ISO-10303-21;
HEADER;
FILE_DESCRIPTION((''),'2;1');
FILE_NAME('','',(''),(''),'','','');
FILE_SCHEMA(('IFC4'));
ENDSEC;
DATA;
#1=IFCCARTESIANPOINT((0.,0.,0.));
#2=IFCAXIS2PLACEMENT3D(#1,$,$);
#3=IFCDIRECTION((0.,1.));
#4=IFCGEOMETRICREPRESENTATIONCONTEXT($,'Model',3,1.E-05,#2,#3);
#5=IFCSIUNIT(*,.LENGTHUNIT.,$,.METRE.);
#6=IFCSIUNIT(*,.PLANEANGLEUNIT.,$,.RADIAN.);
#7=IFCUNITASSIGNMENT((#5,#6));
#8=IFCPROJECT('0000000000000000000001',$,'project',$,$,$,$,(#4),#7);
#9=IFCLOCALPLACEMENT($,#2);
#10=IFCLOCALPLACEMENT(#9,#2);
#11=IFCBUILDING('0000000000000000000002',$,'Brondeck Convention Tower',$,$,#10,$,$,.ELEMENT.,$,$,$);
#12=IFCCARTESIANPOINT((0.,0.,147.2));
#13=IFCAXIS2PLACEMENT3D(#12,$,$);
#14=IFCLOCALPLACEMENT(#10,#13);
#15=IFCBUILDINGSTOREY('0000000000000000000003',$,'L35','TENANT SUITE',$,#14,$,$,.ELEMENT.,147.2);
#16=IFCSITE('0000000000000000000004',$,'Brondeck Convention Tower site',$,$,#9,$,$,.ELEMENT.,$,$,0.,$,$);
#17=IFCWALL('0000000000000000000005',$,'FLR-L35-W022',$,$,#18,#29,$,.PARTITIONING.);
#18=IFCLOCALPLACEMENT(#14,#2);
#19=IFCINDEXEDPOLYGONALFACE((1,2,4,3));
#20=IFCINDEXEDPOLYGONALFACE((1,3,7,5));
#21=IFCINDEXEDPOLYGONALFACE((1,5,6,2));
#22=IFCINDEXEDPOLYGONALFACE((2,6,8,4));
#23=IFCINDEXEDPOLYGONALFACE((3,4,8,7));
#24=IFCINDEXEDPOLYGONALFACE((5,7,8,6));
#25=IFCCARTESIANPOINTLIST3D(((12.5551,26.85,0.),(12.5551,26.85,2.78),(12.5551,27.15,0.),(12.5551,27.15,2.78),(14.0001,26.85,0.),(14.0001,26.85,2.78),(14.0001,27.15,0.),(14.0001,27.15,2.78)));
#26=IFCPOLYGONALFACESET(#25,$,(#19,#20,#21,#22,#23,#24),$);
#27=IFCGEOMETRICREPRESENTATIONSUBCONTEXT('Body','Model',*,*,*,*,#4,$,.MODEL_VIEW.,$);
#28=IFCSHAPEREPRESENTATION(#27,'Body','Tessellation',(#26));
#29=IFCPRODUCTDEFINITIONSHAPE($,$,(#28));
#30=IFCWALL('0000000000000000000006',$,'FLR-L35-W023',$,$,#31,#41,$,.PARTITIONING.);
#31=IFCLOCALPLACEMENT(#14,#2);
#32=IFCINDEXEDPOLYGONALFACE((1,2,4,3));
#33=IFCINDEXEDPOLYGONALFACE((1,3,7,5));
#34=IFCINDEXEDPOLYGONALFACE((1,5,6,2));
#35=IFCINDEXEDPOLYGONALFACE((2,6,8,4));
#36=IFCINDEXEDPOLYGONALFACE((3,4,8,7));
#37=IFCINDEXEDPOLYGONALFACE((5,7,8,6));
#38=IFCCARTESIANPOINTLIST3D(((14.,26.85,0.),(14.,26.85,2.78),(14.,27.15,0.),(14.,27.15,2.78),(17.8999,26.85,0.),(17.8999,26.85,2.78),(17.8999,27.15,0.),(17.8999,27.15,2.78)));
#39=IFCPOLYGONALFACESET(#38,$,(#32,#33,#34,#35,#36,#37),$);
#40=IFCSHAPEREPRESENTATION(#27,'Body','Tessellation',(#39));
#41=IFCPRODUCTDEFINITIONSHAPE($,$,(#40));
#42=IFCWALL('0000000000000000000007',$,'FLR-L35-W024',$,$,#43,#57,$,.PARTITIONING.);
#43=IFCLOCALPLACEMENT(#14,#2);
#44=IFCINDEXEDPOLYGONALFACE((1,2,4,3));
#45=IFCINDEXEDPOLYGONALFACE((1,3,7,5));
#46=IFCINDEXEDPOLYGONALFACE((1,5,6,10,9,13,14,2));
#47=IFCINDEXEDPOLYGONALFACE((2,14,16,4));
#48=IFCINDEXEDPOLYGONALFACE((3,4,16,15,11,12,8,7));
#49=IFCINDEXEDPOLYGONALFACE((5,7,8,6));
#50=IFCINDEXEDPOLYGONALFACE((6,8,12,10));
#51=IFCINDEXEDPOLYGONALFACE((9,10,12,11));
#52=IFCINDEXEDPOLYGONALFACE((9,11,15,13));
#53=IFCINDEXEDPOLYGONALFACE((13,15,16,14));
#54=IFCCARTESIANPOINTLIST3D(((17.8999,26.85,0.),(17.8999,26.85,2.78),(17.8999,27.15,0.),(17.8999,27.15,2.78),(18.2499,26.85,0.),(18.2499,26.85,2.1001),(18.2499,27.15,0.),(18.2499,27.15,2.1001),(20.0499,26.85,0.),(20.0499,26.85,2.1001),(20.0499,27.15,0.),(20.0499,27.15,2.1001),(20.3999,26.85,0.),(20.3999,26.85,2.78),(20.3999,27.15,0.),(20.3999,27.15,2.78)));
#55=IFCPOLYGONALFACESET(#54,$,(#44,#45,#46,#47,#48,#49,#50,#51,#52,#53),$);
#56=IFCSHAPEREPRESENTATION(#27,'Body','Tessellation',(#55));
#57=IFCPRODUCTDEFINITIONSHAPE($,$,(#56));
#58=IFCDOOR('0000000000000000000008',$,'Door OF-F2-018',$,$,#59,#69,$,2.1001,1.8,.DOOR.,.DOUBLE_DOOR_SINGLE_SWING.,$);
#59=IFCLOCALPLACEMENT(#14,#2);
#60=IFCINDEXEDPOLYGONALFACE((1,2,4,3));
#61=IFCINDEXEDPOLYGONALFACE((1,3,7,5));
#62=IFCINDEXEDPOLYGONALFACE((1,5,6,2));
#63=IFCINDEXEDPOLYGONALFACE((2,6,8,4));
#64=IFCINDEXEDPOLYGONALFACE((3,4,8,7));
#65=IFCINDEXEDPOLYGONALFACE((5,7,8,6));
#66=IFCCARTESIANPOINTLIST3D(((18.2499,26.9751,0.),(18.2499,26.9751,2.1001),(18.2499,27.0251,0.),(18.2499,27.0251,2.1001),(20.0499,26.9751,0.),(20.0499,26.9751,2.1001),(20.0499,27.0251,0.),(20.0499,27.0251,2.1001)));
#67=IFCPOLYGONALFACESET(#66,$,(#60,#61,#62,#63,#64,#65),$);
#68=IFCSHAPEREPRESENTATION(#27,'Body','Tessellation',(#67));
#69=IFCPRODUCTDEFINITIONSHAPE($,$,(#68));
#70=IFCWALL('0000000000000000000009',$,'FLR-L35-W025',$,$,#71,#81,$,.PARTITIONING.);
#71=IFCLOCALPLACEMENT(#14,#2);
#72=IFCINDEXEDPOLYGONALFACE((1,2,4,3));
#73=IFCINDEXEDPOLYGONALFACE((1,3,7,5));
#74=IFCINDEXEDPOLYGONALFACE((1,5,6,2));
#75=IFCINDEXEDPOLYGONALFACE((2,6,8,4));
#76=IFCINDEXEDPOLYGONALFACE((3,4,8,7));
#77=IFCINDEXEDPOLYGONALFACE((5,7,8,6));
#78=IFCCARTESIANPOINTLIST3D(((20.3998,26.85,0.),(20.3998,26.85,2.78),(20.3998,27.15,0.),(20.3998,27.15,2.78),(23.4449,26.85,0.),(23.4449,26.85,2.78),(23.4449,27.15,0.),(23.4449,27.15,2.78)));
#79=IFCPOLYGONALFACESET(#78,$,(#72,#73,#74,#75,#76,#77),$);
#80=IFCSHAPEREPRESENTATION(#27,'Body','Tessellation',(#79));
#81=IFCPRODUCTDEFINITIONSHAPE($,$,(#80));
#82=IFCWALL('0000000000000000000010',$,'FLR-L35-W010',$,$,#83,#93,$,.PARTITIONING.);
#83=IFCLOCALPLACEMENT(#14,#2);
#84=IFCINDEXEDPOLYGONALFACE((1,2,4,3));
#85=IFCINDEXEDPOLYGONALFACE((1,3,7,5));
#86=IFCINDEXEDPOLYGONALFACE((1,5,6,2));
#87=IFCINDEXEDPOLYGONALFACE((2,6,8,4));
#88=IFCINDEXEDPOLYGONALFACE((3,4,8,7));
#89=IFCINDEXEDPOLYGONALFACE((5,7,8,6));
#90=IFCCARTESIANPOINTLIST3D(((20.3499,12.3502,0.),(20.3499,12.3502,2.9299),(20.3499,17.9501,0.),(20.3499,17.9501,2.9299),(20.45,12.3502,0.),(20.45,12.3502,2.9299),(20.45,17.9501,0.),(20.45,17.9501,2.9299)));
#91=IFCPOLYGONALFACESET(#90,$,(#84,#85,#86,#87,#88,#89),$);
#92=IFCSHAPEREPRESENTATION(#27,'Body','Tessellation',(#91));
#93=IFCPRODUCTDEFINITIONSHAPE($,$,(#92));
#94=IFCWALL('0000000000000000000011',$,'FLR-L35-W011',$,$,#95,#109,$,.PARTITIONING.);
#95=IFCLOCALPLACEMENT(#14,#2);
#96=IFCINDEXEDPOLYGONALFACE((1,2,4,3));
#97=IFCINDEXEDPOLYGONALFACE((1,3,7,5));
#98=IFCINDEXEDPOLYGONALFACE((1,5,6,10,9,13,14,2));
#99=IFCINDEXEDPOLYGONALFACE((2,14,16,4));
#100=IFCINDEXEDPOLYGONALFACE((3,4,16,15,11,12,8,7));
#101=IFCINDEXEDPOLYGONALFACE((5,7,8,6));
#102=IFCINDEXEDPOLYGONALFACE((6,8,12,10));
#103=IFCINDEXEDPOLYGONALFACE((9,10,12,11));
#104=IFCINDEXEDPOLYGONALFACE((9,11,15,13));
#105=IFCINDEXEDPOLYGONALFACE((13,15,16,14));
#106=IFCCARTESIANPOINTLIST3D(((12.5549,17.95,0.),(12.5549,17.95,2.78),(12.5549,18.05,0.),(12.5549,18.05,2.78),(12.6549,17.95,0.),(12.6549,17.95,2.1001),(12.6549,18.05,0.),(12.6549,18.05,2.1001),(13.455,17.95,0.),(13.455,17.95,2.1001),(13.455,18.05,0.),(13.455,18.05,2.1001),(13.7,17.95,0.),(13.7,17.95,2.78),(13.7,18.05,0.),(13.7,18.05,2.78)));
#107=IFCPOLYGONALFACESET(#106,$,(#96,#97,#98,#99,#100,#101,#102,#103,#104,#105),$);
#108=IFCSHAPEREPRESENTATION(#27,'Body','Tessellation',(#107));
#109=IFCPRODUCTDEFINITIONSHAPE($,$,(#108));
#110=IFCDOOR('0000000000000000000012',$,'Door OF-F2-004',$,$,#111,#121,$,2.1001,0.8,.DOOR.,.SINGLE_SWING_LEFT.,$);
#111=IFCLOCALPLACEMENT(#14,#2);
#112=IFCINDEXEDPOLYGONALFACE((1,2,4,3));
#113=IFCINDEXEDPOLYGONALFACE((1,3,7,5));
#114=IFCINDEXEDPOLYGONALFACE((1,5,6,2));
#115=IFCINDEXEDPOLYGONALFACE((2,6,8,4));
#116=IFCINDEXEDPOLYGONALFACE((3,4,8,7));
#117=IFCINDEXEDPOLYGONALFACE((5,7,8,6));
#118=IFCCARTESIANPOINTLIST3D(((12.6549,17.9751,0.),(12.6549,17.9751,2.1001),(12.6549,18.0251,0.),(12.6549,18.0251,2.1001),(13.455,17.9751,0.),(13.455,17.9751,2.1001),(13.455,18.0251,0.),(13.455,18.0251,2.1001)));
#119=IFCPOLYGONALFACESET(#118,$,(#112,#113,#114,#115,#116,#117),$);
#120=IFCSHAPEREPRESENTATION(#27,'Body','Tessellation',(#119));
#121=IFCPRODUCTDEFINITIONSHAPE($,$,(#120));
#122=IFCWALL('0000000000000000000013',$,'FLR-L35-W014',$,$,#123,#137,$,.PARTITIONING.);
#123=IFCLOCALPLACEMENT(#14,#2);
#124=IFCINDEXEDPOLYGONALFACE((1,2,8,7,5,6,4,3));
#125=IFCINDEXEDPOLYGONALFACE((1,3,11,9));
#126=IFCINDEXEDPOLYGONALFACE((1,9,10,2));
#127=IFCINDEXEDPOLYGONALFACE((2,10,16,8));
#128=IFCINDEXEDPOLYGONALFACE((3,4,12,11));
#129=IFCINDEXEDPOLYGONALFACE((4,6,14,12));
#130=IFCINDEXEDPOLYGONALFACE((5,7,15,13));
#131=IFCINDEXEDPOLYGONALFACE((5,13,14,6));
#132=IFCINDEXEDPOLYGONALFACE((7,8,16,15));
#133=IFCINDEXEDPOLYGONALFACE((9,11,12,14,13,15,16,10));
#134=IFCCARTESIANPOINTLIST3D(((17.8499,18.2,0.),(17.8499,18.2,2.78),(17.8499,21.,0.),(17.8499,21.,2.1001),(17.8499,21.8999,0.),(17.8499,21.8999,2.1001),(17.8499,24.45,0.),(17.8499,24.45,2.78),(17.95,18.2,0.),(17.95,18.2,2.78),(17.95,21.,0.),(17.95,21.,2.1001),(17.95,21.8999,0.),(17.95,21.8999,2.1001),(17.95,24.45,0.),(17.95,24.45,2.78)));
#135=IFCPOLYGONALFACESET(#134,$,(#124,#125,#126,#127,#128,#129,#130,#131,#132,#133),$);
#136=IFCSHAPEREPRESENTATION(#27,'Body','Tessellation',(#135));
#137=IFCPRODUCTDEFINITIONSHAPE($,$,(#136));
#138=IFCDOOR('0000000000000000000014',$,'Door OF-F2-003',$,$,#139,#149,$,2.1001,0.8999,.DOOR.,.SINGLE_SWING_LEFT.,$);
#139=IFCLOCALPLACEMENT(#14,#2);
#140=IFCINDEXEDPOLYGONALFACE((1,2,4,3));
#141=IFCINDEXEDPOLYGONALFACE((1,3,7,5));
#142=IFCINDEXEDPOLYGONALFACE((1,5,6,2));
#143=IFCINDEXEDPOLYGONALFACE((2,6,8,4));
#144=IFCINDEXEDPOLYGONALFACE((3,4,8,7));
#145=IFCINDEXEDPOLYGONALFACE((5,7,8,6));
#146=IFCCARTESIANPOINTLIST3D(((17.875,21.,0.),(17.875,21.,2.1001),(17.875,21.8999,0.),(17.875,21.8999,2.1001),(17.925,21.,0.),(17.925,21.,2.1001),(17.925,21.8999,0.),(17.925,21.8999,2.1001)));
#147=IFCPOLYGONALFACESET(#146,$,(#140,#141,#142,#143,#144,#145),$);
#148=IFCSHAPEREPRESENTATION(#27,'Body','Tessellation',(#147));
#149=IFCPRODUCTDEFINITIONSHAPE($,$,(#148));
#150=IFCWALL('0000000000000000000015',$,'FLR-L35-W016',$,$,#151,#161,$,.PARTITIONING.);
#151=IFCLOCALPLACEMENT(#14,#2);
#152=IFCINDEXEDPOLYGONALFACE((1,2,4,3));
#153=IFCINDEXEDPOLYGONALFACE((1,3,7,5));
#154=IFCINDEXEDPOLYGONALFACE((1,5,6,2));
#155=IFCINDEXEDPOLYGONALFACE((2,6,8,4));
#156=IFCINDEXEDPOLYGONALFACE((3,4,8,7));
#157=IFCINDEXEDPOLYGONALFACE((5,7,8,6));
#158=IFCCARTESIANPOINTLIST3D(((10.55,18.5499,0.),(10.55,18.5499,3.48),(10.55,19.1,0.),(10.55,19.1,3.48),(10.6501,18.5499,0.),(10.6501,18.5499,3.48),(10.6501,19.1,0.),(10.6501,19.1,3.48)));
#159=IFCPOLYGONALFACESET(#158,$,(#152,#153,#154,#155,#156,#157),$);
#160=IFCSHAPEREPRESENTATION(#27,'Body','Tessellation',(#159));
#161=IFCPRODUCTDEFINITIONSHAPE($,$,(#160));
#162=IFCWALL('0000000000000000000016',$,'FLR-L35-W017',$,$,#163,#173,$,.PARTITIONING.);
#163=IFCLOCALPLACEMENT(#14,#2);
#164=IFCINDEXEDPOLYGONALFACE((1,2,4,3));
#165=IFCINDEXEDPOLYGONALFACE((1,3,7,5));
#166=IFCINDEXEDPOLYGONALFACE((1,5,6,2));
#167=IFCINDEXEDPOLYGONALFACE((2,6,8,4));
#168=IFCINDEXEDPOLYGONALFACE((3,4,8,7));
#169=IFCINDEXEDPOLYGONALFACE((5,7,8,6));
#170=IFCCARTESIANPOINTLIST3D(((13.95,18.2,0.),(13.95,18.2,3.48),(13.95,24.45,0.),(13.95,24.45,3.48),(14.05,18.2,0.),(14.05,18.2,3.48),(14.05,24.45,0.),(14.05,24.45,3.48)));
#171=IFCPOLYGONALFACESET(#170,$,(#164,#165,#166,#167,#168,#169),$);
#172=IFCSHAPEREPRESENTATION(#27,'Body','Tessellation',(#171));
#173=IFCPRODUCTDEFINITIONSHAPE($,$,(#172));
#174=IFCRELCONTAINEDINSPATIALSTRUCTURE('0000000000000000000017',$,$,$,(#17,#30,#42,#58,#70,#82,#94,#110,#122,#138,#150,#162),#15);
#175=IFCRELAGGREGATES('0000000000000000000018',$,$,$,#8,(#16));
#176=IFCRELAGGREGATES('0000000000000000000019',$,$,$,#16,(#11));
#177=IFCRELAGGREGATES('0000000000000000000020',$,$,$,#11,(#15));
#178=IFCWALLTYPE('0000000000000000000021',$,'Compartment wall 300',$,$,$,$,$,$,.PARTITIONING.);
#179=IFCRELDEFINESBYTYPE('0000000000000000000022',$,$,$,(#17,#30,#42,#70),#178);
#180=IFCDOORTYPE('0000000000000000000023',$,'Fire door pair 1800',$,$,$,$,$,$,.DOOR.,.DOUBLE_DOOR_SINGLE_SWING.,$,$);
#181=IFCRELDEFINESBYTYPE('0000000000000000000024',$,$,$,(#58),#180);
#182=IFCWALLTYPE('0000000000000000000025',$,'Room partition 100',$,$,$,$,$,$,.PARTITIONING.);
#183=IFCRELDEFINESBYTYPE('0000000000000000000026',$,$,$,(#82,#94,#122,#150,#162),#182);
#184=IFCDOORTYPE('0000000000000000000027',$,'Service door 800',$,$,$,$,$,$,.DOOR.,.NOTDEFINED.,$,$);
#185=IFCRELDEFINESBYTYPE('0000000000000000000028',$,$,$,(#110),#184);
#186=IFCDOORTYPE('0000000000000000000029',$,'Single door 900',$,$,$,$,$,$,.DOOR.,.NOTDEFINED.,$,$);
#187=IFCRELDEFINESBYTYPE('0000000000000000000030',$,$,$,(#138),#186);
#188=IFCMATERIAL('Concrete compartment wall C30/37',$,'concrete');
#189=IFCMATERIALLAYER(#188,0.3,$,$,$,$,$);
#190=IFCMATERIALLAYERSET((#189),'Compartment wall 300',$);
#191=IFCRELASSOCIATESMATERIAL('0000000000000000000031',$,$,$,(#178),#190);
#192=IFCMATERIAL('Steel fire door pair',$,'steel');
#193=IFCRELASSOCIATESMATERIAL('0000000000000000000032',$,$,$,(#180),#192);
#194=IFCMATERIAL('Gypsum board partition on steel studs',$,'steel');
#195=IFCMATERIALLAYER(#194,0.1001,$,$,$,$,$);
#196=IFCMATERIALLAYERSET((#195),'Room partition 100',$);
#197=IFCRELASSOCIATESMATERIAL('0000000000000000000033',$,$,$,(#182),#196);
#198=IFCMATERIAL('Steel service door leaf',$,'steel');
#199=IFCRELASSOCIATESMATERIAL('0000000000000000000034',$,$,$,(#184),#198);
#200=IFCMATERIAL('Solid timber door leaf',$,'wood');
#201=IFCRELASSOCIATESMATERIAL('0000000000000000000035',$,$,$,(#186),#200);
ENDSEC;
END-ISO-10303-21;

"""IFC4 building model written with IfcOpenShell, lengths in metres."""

from ifc_helpers import new_model, si_unit, direction, frame, frame_2d, origin, place, context, subcontext, project, spatial, rectangle, extrude, material, layer, layer_set, type_object, element, fill, save


model = new_model("IFC4")

# Units and contexts
model_context = context("Model", 3, precision=1e-05, world=origin(), true_north=direction((0.0, 1.0)))
body_context = subcontext(model_context, "Body", "Model", "MODEL_VIEW")
ifc_project = project(units=[si_unit("LENGTHUNIT", "METRE"), si_unit("PLANEANGLEUNIT", "RADIAN")], contexts=[model_context])

# Site, building, storey
site_placement = place(None, origin())
site = spatial("IfcSite", under=ifc_project, at=site_placement, Name="Brondeck Convention Tower site", CompositionType="ELEMENT", RefElevation=0.0)
building_placement = place(site_placement, origin())
building = spatial("IfcBuilding", under=site, at=building_placement, Name="Brondeck Convention Tower", CompositionType="ELEMENT")
storey_placement = place(building_placement, frame((0.0, 0.0, 147.2)))
storey = spatial("IfcBuildingStorey", under=building, at=storey_placement, Name="L35", Description="TENANT SUITE", CompositionType="ELEMENT", Elevation=147.2)

# Walls
ifc_material_1 = material(Name="Concrete compartment wall C30/37", Category="concrete")
ifc_layer_1 = layer(ifc_material_1, 0.3)
ifc_layer_set_1 = layer_set([ifc_layer_1], Name="Compartment wall 300")
wall_type_1 = type_object("IfcWallType", Name="Compartment wall 300", PredefinedType="PARTITIONING", material=ifc_layer_set_1)
wall_1_placement = place(storey_placement, frame((12.5549, 27.0, 0.0), z_axis=(0.0, 0.0, 1.0), x_axis=(1.0, 0.0, 0.0)))
element("IfcWall", 1, at=wall_1_placement, inside=storey, type_object=wall_type_1, Name="FLR-L35-W022", PredefinedType="PARTITIONING", context=body_context, shape_type="SweptSolid", body=[
    extrude(rectangle(XDim=1.4451, YDim=0.3, at=frame_2d((0.7227, 0.0))), origin(), (0.0, 0.0, 1.0), 2.78),
])
wall_2_placement = place(storey_placement, frame((14.0, 27.0, 0.0), z_axis=(0.0, 0.0, 1.0), x_axis=(1.0, 0.0, 0.0)))
element("IfcWall", 2, at=wall_2_placement, inside=storey, type_object=wall_type_1, Name="FLR-L35-W023", PredefinedType="PARTITIONING", context=body_context, shape_type="SweptSolid", body=[
    extrude(rectangle(XDim=3.8999, YDim=0.3, at=frame_2d((1.95, 0.0))), origin(), (0.0, 0.0, 1.0), 2.78),
])

# Wall, opening, door
wall_3_placement = place(storey_placement, frame((20.3999, 27.0, 0.0), z_axis=(0.0, 0.0, 1.0), x_axis=(-1.0, 0.0, 0.0)))
wall_3 = element("IfcWall", 3, at=wall_3_placement, inside=storey, type_object=wall_type_1, Name="FLR-L35-W024", PredefinedType="PARTITIONING", context=body_context, shape_type="SweptSolid", body=[
    extrude(rectangle(XDim=2.5, YDim=0.3, at=frame_2d((1.25, 0.0))), origin(), (0.0, 0.0, 1.0), 2.78),
])
opening_1_placement = place(wall_3_placement, frame((0.3501, 0.0, 0.0)))
opening_1 = element("IfcOpeningElement", 4, at=opening_1_placement, cuts=wall_3, PredefinedType="OPENING", context=body_context, shape_type="SweptSolid", body=[
    extrude(rectangle(XDim=1.8, YDim=2.1001, at=frame_2d((0.8999, 1.05))), frame((0.0, 0.1599, 0.0), z_axis=(0.0, -1.0, 0.0), x_axis=(1.0, 0.0, 0.0)), (0.0, 0.0, 1.0), 0.3201),
])
ifc_material_2 = material(Name="Steel fire door pair", Category="steel")
door_type_1 = type_object("IfcDoorType", Name="Fire door pair 1800", OperationType="DOUBLE_DOOR_SINGLE_SWING", PredefinedType="DOOR", material=ifc_material_2)
door_1_placement = place(opening_1_placement, origin())
door_1 = element("IfcDoor", 5, at=door_1_placement, inside=storey, type_object=door_type_1, Name="Door OF-F2-018", OperationType="DOUBLE_DOOR_SINGLE_SWING", OverallHeight=2.1001, OverallWidth=1.8, PredefinedType="DOOR", context=body_context, shape_type="SweptSolid", body=[
    extrude(rectangle(XDim=1.8, YDim=2.1001, at=frame_2d((0.8999, 1.05))), frame((0.0, 0.0249, 0.0), z_axis=(0.0, -1.0, 0.0), x_axis=(1.0, 0.0, 0.0)), (0.0, 0.0, 1.0), 0.05),
])
fill(opening_1, door_1)

# Walls
wall_4_placement = place(storey_placement, frame((20.3999, 27.0, 0.0), z_axis=(0.0, 0.0, 1.0), x_axis=(1.0, 0.0, 0.0)))
element("IfcWall", 6, at=wall_4_placement, inside=storey, type_object=wall_type_1, Name="FLR-L35-W025", PredefinedType="PARTITIONING", context=body_context, shape_type="SweptSolid", body=[
    extrude(rectangle(XDim=3.0452, YDim=0.3, at=frame_2d((1.5225, 0.0))), origin(), (0.0, 0.0, 1.0), 2.78),
])
ifc_material_3 = material(Name="Gypsum board partition on steel studs", Category="steel")
ifc_layer_2 = layer(ifc_material_3, 0.1001)
ifc_layer_set_2 = layer_set([ifc_layer_2], Name="Room partition 100")
wall_type_2 = type_object("IfcWallType", Name="Room partition 100", PredefinedType="PARTITIONING", material=ifc_layer_set_2)
wall_5_placement = place(storey_placement, frame((20.3999, 17.95, 0.0), z_axis=(0.0, 0.0, 1.0), x_axis=(0.0, -1.0, 0.0)))
element("IfcWall", 7, at=wall_5_placement, inside=storey, type_object=wall_type_2, Name="FLR-L35-W010", PredefinedType="PARTITIONING", context=body_context, shape_type="SweptSolid", body=[
    extrude(rectangle(XDim=5.5999, YDim=0.1001, at=frame_2d((2.7998, 0.0))), origin(), (0.0, 0.0, 1.0), 2.9299),
])

# Walls, openings, doors
wall_6_placement = place(storey_placement, frame((13.7, 18.0, 0.0), z_axis=(0.0, 0.0, 1.0), x_axis=(-1.0, 0.0, 0.0)))
wall_6 = element("IfcWall", 8, at=wall_6_placement, inside=storey, type_object=wall_type_2, Name="FLR-L35-W011", PredefinedType="PARTITIONING", context=body_context, shape_type="SweptSolid", body=[
    extrude(rectangle(XDim=1.145, YDim=0.1001, at=frame_2d((0.5725, 0.0))), origin(), (0.0, 0.0, 1.0), 2.78),
])
opening_2_placement = place(wall_6_placement, frame((0.2451, 0.0, 0.0)))
opening_2 = element("IfcOpeningElement", 9, at=opening_2_placement, cuts=wall_6, PredefinedType="OPENING", context=body_context, shape_type="SweptSolid", body=[
    extrude(rectangle(XDim=0.8, YDim=2.1001, at=frame_2d((0.3999, 1.05))), frame((0.0, 0.0601, 0.0), z_axis=(0.0, -1.0, 0.0), x_axis=(1.0, 0.0, 0.0)), (0.0, 0.0, 1.0), 0.1201),
])
ifc_material_4 = material(Name="Steel service door leaf", Category="steel")
door_type_2 = type_object("IfcDoorType", Name="Service door 800", OperationType="NOTDEFINED", PredefinedType="DOOR", material=ifc_material_4)
door_2_placement = place(opening_2_placement, origin())
door_2 = element("IfcDoor", 10, at=door_2_placement, inside=storey, type_object=door_type_2, Name="Door OF-F2-004", OperationType="SINGLE_SWING_LEFT", OverallHeight=2.1001, OverallWidth=0.8, PredefinedType="DOOR", context=body_context, shape_type="SweptSolid", body=[
    extrude(rectangle(XDim=0.8, YDim=2.1001, at=frame_2d((0.3999, 1.05))), frame((0.0, 0.0249, 0.0), z_axis=(0.0, -1.0, 0.0), x_axis=(1.0, 0.0, 0.0)), (0.0, 0.0, 1.0), 0.05),
])
fill(opening_2, door_2)
wall_7_placement = place(storey_placement, frame((17.8999, 18.2, 0.0), z_axis=(0.0, 0.0, 1.0), x_axis=(0.0, 1.0, 0.0)))
wall_7 = element("IfcWall", 11, at=wall_7_placement, inside=storey, type_object=wall_type_2, Name="FLR-L35-W014", PredefinedType="PARTITIONING", context=body_context, shape_type="SweptSolid", body=[
    extrude(rectangle(XDim=6.25, YDim=0.1001, at=frame_2d((3.125, 0.0))), origin(), (0.0, 0.0, 1.0), 2.78),
])
opening_3_placement = place(wall_7_placement, frame((2.8, 0.0, 0.0)))
opening_3 = element("IfcOpeningElement", 12, at=opening_3_placement, cuts=wall_7, PredefinedType="OPENING", context=body_context, shape_type="SweptSolid", body=[
    extrude(rectangle(XDim=0.8999, YDim=2.1001, at=frame_2d((0.45, 1.05))), frame((0.0, 0.0601, 0.0), z_axis=(0.0, -1.0, 0.0), x_axis=(1.0, 0.0, 0.0)), (0.0, 0.0, 1.0), 0.1201),
])
ifc_material_5 = material(Name="Solid timber door leaf", Category="wood")
door_type_3 = type_object("IfcDoorType", Name="Single door 900", OperationType="NOTDEFINED", PredefinedType="DOOR", material=ifc_material_5)
door_3_placement = place(opening_3_placement, origin())
door_3 = element("IfcDoor", 13, at=door_3_placement, inside=storey, type_object=door_type_3, Name="Door OF-F2-003", OperationType="SINGLE_SWING_LEFT", OverallHeight=2.1001, OverallWidth=0.8999, PredefinedType="DOOR", context=body_context, shape_type="SweptSolid", body=[
    extrude(rectangle(XDim=0.8999, YDim=2.1001, at=frame_2d((0.45, 1.05))), frame((0.0, 0.0249, 0.0), z_axis=(0.0, -1.0, 0.0), x_axis=(1.0, 0.0, 0.0)), (0.0, 0.0, 1.0), 0.05),
])
fill(opening_3, door_3)

# Walls
wall_8_placement = place(storey_placement, frame((10.6001, 18.55, 0.0), z_axis=(0.0, 0.0, 1.0), x_axis=(0.0, 1.0, 0.0)))
element("IfcWall", 14, at=wall_8_placement, inside=storey, type_object=wall_type_2, Name="FLR-L35-W016", PredefinedType="PARTITIONING", context=body_context, shape_type="SweptSolid", body=[
    extrude(rectangle(XDim=0.55, YDim=0.1001, at=frame_2d((0.2749, 0.0))), origin(), (0.0, 0.0, 1.0), 3.48),
])
wall_9_placement = place(storey_placement, frame((14.0, 24.45, 0.0), z_axis=(0.0, 0.0, 1.0), x_axis=(0.0, -1.0, 0.0)))
element("IfcWall", 15, at=wall_9_placement, inside=storey, type_object=wall_type_2, Name="FLR-L35-W017", PredefinedType="PARTITIONING", context=body_context, shape_type="SweptSolid", body=[
    extrude(rectangle(XDim=6.25, YDim=0.1001, at=frame_2d((3.125, 0.0))), origin(), (0.0, 0.0, 1.0), 3.48),
])

save(model, "model.ifc")
